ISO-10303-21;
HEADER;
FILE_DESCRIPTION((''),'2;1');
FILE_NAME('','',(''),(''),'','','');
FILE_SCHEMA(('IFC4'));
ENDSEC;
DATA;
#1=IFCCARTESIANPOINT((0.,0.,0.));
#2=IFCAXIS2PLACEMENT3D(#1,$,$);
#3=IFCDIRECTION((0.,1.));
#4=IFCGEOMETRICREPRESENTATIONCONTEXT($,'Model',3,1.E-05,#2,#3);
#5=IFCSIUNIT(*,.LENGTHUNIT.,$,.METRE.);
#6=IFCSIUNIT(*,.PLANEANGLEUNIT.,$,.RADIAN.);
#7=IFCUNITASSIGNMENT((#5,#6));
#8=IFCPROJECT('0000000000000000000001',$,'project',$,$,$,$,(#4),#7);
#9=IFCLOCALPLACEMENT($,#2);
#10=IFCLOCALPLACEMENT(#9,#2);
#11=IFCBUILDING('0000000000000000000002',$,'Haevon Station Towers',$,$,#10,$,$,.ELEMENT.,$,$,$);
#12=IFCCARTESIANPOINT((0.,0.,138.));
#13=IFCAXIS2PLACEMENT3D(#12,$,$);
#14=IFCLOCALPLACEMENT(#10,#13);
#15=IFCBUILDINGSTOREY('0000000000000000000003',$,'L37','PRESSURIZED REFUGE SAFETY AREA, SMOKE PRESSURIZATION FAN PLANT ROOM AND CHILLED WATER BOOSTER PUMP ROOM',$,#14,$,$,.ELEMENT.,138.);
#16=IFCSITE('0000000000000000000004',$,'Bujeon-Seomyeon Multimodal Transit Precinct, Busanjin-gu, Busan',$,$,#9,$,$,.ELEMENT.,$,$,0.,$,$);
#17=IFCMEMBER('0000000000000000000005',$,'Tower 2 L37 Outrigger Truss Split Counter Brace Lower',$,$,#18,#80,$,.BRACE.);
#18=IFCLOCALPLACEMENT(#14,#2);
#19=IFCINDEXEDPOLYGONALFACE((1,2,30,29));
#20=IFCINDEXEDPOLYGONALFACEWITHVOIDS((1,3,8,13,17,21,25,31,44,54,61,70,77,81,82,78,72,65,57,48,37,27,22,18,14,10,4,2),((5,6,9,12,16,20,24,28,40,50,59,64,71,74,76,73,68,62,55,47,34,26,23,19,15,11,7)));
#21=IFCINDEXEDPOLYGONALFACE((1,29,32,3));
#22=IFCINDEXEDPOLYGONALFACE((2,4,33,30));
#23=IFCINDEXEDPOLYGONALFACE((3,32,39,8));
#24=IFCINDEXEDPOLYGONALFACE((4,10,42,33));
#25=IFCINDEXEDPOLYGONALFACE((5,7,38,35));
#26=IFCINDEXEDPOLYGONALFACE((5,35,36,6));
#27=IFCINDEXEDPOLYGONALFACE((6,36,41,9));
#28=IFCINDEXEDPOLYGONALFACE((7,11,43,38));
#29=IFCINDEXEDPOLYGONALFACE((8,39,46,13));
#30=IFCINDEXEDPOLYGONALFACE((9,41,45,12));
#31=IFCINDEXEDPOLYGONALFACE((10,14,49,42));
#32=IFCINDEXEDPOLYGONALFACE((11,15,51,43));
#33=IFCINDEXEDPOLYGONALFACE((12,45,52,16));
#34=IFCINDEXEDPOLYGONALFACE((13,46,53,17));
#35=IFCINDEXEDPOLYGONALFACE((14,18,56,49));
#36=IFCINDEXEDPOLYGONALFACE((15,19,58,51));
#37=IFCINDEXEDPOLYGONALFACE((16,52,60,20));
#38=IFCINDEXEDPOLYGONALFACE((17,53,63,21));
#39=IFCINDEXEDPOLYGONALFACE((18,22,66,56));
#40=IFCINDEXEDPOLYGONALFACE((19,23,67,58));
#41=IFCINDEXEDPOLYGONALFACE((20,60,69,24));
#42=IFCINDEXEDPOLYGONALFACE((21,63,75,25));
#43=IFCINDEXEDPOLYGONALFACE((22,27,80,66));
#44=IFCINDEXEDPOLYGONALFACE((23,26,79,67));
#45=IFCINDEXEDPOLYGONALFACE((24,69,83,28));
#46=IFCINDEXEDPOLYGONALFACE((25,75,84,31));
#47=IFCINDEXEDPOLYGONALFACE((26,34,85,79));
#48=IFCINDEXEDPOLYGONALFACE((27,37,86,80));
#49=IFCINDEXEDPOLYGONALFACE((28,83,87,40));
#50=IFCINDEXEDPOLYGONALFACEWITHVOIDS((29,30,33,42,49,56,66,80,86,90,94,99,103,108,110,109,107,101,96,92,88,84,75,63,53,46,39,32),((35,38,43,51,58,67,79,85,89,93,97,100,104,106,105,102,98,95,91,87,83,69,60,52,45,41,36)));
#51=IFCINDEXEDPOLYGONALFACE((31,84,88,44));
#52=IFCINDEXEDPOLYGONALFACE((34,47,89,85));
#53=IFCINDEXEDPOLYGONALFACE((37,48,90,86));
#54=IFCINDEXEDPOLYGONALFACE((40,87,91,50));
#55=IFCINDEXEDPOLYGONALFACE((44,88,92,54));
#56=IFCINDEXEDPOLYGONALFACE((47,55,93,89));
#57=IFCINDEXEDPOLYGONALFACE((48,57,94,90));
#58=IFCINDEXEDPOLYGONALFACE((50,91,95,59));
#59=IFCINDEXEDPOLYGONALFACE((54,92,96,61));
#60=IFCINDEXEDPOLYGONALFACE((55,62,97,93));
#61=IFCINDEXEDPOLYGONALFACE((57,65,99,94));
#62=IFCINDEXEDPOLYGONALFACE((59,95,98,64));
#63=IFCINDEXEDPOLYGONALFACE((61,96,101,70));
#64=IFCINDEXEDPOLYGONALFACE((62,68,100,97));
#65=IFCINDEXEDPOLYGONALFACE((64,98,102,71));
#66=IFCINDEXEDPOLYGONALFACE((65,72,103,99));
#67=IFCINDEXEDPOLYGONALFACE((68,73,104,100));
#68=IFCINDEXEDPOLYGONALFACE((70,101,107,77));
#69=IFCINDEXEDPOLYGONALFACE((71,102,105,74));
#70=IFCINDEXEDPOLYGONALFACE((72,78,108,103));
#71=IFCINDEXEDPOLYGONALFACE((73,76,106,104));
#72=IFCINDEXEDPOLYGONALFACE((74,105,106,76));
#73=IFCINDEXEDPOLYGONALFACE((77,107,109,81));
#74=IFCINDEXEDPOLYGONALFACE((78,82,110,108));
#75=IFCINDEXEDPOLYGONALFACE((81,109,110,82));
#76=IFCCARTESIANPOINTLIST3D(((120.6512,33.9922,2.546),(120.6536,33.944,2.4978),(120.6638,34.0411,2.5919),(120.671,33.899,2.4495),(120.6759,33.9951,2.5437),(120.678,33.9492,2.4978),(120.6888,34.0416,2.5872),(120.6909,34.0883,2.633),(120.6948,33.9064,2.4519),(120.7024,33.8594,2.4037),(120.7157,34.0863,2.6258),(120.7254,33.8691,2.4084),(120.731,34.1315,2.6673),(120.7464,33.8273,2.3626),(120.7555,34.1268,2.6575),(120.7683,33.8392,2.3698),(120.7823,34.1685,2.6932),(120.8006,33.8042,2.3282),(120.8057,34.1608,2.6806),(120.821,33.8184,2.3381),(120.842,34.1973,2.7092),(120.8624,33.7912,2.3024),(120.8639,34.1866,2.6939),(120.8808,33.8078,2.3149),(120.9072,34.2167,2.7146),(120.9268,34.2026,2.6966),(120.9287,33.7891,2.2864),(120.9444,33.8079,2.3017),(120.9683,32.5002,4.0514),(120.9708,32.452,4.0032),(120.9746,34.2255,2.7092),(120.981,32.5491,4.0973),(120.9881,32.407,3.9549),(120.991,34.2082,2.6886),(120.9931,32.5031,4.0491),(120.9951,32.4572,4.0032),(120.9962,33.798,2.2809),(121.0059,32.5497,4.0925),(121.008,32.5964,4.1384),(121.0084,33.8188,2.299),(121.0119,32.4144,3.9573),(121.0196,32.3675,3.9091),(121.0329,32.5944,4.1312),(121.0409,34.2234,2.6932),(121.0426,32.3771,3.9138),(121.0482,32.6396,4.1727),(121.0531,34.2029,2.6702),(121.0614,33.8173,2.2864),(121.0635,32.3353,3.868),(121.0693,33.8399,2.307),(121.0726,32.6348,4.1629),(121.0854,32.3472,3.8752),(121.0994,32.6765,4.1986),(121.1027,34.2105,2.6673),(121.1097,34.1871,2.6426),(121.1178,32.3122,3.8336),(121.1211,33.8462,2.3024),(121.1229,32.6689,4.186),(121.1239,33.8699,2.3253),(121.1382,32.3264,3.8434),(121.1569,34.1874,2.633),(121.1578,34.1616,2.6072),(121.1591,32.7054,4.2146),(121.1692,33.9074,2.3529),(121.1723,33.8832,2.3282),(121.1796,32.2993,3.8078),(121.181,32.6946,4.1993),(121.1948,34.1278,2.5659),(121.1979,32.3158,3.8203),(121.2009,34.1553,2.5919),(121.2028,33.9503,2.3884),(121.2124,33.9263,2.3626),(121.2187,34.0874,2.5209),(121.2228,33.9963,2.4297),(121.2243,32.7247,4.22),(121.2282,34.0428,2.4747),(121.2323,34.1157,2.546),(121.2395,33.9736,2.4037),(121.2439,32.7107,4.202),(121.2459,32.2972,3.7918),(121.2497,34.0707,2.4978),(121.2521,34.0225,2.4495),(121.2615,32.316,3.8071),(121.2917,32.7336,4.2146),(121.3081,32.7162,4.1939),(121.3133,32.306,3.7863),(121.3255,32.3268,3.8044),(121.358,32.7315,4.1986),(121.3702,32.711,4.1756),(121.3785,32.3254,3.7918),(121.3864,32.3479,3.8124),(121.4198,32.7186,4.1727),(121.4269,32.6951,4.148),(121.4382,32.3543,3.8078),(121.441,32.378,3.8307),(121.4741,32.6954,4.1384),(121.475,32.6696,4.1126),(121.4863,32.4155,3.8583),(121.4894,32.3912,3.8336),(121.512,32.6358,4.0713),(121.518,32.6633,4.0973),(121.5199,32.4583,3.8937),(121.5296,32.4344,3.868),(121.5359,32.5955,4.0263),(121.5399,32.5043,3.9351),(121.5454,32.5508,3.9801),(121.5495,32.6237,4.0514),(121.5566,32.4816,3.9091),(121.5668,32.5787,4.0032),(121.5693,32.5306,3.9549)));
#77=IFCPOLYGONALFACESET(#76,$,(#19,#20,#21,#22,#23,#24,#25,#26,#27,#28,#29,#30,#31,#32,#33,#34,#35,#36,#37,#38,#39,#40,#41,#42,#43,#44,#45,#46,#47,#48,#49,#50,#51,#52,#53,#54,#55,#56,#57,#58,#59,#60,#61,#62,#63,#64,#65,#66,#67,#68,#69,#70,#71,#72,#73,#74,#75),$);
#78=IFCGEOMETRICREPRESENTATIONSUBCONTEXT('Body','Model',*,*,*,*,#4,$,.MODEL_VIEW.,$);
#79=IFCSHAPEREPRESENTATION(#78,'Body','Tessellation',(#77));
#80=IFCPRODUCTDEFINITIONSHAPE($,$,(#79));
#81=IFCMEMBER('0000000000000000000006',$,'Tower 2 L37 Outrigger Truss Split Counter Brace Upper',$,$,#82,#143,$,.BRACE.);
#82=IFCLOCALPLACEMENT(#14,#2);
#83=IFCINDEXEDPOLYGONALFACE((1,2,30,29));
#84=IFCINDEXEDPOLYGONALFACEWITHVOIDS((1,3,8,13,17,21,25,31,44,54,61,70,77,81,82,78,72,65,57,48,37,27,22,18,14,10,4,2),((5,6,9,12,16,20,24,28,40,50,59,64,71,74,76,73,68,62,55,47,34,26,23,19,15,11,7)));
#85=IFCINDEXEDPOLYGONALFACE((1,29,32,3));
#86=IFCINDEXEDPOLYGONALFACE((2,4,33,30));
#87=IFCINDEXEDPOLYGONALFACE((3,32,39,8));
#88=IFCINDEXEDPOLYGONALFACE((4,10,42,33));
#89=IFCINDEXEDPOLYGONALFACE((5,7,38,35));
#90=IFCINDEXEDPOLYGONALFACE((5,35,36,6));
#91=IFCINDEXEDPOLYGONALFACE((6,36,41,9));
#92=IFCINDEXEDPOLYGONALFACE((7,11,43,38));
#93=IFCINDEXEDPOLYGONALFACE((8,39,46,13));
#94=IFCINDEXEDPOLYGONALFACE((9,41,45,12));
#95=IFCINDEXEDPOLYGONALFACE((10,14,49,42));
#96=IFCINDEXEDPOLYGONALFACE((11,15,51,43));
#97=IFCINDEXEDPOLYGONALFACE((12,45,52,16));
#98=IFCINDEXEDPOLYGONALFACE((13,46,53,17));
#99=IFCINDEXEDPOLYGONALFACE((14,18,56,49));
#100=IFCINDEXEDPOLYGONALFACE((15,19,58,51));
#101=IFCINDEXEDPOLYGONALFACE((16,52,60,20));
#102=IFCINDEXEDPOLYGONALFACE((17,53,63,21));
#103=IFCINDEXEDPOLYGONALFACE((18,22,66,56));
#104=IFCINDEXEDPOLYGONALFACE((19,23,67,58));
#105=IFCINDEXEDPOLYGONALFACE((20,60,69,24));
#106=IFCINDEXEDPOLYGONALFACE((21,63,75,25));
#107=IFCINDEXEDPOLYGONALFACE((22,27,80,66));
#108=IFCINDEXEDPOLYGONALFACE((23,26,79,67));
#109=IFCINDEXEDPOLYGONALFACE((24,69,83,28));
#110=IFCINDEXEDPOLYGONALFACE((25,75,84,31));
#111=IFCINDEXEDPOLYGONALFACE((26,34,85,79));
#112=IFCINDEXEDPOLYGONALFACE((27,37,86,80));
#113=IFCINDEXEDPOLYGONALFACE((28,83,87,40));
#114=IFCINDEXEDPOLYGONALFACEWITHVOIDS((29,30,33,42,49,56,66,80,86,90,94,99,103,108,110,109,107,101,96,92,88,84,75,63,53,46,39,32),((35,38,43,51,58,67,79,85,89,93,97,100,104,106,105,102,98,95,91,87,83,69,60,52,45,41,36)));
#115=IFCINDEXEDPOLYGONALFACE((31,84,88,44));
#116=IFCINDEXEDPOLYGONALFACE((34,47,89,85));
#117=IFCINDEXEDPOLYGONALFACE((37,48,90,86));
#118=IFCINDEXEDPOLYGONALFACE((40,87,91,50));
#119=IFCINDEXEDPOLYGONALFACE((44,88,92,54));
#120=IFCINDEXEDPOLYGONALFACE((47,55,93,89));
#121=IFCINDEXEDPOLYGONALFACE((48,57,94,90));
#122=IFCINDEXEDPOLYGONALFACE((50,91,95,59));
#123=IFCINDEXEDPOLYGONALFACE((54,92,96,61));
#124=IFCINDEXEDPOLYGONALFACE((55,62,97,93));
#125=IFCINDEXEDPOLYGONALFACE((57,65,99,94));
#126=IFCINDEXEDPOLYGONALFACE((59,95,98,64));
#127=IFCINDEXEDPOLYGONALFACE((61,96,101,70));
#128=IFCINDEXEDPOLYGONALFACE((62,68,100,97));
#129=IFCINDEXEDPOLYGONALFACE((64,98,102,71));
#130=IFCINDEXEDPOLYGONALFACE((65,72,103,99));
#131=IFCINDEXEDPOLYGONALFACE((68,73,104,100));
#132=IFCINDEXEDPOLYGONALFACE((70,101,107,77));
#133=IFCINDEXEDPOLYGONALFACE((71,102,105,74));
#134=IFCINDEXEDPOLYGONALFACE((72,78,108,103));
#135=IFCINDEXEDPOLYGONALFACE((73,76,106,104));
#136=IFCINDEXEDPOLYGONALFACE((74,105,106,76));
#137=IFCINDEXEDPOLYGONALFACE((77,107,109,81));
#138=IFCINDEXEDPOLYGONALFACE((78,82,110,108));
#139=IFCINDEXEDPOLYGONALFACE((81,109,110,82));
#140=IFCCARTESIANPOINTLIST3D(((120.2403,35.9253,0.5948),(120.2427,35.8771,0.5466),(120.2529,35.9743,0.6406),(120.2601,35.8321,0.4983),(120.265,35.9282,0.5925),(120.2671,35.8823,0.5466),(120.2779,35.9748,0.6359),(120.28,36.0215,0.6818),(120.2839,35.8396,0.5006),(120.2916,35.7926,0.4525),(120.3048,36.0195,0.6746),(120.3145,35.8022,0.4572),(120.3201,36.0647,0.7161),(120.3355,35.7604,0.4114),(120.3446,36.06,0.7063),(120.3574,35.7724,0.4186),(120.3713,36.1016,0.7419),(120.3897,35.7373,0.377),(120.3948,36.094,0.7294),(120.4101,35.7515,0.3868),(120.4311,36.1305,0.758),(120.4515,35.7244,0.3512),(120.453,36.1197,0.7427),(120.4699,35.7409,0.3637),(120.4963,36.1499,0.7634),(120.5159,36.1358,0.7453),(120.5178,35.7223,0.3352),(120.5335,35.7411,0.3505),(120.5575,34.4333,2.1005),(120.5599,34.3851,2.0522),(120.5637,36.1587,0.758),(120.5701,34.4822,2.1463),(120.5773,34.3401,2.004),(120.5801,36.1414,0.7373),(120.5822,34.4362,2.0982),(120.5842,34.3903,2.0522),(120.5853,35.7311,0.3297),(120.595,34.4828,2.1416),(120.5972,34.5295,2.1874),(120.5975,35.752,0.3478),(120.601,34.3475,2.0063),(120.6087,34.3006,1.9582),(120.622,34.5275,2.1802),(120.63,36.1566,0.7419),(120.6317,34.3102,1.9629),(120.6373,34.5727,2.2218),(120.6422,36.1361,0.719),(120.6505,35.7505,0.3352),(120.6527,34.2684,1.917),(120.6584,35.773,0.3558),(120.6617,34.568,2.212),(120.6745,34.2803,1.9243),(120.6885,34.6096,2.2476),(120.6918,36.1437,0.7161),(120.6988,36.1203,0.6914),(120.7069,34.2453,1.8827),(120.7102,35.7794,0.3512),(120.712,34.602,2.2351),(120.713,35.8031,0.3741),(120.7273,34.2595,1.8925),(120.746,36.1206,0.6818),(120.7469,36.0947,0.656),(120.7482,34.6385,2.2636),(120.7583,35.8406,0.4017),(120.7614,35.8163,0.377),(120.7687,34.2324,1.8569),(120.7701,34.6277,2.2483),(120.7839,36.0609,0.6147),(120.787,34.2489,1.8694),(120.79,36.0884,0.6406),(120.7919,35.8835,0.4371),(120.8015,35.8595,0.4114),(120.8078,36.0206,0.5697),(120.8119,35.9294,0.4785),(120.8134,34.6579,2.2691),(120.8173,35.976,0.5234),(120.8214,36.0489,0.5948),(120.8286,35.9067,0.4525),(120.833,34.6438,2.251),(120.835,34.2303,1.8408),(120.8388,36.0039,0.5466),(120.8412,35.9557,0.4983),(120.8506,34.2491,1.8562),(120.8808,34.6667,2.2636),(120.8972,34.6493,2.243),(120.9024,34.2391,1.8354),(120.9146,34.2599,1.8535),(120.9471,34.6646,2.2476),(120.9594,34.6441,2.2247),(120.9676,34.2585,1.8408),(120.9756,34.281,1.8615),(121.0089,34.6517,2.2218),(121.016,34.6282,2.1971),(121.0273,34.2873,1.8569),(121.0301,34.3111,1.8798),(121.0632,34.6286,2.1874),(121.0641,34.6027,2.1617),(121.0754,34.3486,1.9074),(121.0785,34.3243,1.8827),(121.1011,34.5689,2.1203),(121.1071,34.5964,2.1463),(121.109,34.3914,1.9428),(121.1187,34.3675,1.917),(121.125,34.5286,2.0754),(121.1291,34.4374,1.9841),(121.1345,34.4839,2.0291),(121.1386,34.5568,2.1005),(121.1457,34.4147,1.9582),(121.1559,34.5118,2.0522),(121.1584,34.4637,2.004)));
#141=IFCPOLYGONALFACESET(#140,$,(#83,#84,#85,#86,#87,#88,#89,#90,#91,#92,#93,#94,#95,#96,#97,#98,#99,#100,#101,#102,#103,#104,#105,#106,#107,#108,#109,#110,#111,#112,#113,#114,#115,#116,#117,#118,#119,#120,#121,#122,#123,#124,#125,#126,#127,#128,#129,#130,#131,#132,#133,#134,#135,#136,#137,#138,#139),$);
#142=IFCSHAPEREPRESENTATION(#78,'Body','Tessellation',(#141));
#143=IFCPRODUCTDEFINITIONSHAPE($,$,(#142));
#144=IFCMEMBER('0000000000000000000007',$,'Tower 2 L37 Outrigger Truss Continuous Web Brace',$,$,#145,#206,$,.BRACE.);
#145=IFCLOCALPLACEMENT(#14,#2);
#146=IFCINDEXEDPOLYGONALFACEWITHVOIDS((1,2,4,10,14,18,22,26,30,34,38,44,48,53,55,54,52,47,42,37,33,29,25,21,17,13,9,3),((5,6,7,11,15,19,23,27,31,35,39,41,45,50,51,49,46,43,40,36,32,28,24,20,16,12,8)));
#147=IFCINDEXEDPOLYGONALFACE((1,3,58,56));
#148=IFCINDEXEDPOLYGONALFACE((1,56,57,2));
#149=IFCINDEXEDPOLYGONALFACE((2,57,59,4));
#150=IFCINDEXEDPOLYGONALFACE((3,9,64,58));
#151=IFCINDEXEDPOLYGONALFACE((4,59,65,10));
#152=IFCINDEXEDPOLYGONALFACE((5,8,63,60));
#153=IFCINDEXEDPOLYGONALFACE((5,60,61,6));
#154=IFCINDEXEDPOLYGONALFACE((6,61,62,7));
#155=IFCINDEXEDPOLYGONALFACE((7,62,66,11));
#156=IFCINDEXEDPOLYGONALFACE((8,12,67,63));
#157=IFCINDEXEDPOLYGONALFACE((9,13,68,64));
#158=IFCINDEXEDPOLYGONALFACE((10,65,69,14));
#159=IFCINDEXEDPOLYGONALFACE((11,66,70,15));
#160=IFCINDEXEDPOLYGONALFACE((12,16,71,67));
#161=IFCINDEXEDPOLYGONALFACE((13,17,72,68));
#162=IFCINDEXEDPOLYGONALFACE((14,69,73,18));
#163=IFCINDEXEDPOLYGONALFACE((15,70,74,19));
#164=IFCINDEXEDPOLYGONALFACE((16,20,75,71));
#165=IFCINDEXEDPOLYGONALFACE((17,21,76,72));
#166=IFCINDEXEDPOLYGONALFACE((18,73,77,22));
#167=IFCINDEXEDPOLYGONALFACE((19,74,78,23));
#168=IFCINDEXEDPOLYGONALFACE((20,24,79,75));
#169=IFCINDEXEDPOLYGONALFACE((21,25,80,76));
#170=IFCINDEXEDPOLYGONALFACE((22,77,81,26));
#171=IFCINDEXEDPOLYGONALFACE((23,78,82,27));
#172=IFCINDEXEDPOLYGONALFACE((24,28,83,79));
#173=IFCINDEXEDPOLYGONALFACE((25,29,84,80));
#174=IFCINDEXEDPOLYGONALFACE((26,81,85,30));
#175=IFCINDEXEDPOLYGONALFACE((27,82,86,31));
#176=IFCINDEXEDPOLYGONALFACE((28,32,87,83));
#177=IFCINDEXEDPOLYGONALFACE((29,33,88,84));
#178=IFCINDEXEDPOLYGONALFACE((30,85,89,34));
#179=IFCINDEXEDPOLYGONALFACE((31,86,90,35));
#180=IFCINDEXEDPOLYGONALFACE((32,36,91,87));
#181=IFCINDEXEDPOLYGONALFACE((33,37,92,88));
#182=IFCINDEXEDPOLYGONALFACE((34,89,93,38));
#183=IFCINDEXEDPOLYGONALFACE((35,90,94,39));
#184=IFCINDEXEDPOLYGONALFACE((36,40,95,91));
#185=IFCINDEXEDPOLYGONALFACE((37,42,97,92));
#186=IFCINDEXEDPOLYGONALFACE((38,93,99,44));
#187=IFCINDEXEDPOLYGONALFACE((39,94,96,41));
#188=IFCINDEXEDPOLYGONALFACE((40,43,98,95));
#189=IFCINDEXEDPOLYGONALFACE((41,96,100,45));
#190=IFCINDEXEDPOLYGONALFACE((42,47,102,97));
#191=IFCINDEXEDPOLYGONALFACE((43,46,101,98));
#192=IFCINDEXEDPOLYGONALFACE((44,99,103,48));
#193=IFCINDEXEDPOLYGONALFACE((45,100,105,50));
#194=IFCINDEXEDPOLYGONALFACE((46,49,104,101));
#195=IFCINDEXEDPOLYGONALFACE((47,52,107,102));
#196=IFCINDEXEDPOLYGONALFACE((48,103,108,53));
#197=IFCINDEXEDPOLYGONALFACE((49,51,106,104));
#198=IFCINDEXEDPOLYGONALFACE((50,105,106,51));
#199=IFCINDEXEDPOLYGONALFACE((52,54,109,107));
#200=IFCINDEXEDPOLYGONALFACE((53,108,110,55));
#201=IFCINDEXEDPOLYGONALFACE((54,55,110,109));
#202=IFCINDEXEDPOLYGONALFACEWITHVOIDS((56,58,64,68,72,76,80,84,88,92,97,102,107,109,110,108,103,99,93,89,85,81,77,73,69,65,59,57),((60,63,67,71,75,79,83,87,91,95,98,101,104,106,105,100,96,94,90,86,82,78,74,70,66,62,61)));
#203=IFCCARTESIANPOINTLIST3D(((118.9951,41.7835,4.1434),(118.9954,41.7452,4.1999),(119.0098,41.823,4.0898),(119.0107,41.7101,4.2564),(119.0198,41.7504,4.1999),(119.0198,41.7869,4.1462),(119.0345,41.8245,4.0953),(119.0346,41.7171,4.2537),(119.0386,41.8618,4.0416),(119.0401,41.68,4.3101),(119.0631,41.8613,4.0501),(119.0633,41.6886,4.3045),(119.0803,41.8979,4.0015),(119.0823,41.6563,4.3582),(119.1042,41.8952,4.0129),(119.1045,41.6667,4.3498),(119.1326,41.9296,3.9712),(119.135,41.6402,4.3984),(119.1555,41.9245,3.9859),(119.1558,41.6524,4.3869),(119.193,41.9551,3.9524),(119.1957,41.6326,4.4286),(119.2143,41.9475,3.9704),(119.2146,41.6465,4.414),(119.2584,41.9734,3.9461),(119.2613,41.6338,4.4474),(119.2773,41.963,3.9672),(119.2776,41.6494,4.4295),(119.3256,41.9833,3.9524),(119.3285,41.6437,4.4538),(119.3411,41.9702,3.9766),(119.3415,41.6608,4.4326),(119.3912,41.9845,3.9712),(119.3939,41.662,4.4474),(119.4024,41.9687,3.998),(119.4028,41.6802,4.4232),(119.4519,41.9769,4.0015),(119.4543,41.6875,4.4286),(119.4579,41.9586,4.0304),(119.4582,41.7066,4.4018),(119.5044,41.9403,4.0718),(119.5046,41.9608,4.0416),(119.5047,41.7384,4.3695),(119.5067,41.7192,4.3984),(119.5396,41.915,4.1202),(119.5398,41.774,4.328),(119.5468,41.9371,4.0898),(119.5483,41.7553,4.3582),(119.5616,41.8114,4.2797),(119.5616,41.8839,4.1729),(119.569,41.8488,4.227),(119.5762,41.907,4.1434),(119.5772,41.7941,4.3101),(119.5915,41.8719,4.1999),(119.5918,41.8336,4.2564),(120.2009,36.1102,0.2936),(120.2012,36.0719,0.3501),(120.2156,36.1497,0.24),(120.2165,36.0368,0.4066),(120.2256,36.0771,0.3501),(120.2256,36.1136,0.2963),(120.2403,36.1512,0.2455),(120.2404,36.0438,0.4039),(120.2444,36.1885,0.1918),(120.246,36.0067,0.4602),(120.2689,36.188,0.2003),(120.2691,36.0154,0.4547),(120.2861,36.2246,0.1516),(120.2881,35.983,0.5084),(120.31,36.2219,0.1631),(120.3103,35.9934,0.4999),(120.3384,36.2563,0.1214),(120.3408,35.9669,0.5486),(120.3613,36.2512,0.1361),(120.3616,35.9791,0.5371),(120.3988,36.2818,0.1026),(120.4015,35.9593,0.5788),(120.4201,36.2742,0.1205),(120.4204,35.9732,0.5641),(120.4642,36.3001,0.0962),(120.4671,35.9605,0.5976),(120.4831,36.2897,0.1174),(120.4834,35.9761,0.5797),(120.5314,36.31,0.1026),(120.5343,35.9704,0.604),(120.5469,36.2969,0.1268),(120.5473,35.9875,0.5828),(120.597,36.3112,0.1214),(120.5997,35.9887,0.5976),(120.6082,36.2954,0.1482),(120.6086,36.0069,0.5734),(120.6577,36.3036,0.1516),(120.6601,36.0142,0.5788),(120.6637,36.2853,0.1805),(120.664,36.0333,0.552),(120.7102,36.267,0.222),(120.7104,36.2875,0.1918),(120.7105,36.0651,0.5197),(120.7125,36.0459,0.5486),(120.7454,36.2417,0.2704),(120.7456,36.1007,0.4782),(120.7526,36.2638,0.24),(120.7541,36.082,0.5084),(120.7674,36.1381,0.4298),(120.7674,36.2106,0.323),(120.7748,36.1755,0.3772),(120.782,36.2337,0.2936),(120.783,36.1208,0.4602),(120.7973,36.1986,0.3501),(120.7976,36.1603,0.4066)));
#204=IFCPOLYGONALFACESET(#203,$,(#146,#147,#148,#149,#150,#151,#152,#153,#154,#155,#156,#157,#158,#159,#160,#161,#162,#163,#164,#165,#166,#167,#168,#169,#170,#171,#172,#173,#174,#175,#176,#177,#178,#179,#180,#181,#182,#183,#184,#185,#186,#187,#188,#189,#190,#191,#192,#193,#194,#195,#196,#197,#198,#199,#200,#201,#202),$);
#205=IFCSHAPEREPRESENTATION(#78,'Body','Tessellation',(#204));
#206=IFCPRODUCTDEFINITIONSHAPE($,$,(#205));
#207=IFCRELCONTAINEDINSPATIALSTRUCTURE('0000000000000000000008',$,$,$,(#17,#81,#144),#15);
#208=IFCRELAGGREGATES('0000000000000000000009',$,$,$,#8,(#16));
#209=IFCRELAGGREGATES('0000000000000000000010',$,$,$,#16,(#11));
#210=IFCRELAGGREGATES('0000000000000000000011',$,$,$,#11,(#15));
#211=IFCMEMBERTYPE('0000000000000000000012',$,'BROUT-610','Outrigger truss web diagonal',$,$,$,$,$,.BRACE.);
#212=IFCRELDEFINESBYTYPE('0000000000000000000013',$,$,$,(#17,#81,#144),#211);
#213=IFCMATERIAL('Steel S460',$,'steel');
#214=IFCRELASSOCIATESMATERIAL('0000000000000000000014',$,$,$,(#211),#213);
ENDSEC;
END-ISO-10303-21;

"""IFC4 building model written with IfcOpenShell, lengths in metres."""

from ifc_helpers import new_model, si_unit, direction, frame, origin, origin_2d, place, context, subcontext, project, spatial, hollow_circle, extrude, material, material_profile, profile_set, type_object, element, save


model = new_model("IFC4")

# Units and contexts
model_context = context("Model", 3, precision=1e-05, world=origin(), true_north=direction((0.0, 1.0)))
body_context = subcontext(model_context, "Body", "Model", "MODEL_VIEW")
ifc_project = project(units=[si_unit("LENGTHUNIT", "METRE"), si_unit("PLANEANGLEUNIT", "RADIAN")], contexts=[model_context])

# Site, building, storey
site_placement = place(None, origin())
site = spatial("IfcSite", under=ifc_project, at=site_placement, Name="Bujeon-Seomyeon Multimodal Transit Precinct, Busanjin-gu, Busan", CompositionType="ELEMENT", RefElevation=0.0)
building_placement = place(site_placement, origin())
building = spatial("IfcBuilding", under=site, at=building_placement, Name="Haevon Station Towers", CompositionType="ELEMENT")
storey_placement = place(building_placement, frame((0.0, 0.0, 138.0)))
storey = spatial("IfcBuildingStorey", under=building, at=storey_placement, Name="L37", Description="PRESSURIZED REFUGE SAFETY AREA, SMOKE PRESSURIZATION FAN PLANT ROOM AND CHILLED WATER BOOSTER PUMP ROOM", CompositionType="ELEMENT", Elevation=138.0)

# Shared definitions
ifc_material_1 = material(Name="Steel S460", Category="steel")

# Members
ifc_material_profile_1 = material_profile(ifc_material_1, hollow_circle(Radius=0.3047, WallThickness=0.0249, at=origin_2d()), Name="CHS-609.6x25")
ifc_profile_set_1 = profile_set([ifc_material_profile_1], Name="Steel S460")
member_type_1 = type_object("IfcMemberType", Name="BROUT-610", Description="Outrigger truss web diagonal", PredefinedType="BRACE", material=ifc_profile_set_1)
member_1_placement = place(storey_placement, frame((121.2688, 32.5154, 4.0032), z_axis=(-0.147986, 0.696181, -0.702447), x_axis=(-0.978145, -0.207922, 0.0)))
element("IfcMember", 1, at=member_1_placement, inside=storey, type_object=member_type_1, Name="Tower 2 L37 Outrigger Truss Split Counter Brace Lower", PredefinedType="BRACE", context=body_context, shape_type="SweptSolid", body=[
    extrude(hollow_circle(Radius=0.3047, WallThickness=0.0249, at=origin_2d()), origin(), (0.0, 0.0, 1.0), 2.1431),
])
member_2_placement = place(storey_placement, frame((120.8579, 34.4485, 2.0522), z_axis=(-0.147974, 0.696126, -0.702505), x_axis=(-0.978145, -0.207922, 0.0)))
element("IfcMember", 2, at=member_2_placement, inside=storey, type_object=member_type_1, Name="Tower 2 L37 Outrigger Truss Split Counter Brace Upper", PredefinedType="BRACE", context=body_context, shape_type="SweptSolid", body=[
    extrude(hollow_circle(Radius=0.3047, WallThickness=0.0249, at=origin_2d()), origin(), (0.0, 0.0, 1.0), 2.1433),
])
member_3_placement = place(storey_placement, frame((120.4993, 36.1353, 0.3501), z_axis=(-0.173212, 0.814962, 0.553023), x_axis=(-0.978151, -0.207896, 0.0)))
element("IfcMember", 3, at=member_3_placement, inside=storey, type_object=member_type_1, Name="Tower 2 L37 Outrigger Truss Continuous Web Brace", PredefinedType="BRACE", context=body_context, shape_type="SweptSolid", body=[
    extrude(hollow_circle(Radius=0.3047, WallThickness=0.0249, at=origin_2d()), origin(), (0.0, 0.0, 1.0), 6.9614),
])

save(model, "model.ifc")
